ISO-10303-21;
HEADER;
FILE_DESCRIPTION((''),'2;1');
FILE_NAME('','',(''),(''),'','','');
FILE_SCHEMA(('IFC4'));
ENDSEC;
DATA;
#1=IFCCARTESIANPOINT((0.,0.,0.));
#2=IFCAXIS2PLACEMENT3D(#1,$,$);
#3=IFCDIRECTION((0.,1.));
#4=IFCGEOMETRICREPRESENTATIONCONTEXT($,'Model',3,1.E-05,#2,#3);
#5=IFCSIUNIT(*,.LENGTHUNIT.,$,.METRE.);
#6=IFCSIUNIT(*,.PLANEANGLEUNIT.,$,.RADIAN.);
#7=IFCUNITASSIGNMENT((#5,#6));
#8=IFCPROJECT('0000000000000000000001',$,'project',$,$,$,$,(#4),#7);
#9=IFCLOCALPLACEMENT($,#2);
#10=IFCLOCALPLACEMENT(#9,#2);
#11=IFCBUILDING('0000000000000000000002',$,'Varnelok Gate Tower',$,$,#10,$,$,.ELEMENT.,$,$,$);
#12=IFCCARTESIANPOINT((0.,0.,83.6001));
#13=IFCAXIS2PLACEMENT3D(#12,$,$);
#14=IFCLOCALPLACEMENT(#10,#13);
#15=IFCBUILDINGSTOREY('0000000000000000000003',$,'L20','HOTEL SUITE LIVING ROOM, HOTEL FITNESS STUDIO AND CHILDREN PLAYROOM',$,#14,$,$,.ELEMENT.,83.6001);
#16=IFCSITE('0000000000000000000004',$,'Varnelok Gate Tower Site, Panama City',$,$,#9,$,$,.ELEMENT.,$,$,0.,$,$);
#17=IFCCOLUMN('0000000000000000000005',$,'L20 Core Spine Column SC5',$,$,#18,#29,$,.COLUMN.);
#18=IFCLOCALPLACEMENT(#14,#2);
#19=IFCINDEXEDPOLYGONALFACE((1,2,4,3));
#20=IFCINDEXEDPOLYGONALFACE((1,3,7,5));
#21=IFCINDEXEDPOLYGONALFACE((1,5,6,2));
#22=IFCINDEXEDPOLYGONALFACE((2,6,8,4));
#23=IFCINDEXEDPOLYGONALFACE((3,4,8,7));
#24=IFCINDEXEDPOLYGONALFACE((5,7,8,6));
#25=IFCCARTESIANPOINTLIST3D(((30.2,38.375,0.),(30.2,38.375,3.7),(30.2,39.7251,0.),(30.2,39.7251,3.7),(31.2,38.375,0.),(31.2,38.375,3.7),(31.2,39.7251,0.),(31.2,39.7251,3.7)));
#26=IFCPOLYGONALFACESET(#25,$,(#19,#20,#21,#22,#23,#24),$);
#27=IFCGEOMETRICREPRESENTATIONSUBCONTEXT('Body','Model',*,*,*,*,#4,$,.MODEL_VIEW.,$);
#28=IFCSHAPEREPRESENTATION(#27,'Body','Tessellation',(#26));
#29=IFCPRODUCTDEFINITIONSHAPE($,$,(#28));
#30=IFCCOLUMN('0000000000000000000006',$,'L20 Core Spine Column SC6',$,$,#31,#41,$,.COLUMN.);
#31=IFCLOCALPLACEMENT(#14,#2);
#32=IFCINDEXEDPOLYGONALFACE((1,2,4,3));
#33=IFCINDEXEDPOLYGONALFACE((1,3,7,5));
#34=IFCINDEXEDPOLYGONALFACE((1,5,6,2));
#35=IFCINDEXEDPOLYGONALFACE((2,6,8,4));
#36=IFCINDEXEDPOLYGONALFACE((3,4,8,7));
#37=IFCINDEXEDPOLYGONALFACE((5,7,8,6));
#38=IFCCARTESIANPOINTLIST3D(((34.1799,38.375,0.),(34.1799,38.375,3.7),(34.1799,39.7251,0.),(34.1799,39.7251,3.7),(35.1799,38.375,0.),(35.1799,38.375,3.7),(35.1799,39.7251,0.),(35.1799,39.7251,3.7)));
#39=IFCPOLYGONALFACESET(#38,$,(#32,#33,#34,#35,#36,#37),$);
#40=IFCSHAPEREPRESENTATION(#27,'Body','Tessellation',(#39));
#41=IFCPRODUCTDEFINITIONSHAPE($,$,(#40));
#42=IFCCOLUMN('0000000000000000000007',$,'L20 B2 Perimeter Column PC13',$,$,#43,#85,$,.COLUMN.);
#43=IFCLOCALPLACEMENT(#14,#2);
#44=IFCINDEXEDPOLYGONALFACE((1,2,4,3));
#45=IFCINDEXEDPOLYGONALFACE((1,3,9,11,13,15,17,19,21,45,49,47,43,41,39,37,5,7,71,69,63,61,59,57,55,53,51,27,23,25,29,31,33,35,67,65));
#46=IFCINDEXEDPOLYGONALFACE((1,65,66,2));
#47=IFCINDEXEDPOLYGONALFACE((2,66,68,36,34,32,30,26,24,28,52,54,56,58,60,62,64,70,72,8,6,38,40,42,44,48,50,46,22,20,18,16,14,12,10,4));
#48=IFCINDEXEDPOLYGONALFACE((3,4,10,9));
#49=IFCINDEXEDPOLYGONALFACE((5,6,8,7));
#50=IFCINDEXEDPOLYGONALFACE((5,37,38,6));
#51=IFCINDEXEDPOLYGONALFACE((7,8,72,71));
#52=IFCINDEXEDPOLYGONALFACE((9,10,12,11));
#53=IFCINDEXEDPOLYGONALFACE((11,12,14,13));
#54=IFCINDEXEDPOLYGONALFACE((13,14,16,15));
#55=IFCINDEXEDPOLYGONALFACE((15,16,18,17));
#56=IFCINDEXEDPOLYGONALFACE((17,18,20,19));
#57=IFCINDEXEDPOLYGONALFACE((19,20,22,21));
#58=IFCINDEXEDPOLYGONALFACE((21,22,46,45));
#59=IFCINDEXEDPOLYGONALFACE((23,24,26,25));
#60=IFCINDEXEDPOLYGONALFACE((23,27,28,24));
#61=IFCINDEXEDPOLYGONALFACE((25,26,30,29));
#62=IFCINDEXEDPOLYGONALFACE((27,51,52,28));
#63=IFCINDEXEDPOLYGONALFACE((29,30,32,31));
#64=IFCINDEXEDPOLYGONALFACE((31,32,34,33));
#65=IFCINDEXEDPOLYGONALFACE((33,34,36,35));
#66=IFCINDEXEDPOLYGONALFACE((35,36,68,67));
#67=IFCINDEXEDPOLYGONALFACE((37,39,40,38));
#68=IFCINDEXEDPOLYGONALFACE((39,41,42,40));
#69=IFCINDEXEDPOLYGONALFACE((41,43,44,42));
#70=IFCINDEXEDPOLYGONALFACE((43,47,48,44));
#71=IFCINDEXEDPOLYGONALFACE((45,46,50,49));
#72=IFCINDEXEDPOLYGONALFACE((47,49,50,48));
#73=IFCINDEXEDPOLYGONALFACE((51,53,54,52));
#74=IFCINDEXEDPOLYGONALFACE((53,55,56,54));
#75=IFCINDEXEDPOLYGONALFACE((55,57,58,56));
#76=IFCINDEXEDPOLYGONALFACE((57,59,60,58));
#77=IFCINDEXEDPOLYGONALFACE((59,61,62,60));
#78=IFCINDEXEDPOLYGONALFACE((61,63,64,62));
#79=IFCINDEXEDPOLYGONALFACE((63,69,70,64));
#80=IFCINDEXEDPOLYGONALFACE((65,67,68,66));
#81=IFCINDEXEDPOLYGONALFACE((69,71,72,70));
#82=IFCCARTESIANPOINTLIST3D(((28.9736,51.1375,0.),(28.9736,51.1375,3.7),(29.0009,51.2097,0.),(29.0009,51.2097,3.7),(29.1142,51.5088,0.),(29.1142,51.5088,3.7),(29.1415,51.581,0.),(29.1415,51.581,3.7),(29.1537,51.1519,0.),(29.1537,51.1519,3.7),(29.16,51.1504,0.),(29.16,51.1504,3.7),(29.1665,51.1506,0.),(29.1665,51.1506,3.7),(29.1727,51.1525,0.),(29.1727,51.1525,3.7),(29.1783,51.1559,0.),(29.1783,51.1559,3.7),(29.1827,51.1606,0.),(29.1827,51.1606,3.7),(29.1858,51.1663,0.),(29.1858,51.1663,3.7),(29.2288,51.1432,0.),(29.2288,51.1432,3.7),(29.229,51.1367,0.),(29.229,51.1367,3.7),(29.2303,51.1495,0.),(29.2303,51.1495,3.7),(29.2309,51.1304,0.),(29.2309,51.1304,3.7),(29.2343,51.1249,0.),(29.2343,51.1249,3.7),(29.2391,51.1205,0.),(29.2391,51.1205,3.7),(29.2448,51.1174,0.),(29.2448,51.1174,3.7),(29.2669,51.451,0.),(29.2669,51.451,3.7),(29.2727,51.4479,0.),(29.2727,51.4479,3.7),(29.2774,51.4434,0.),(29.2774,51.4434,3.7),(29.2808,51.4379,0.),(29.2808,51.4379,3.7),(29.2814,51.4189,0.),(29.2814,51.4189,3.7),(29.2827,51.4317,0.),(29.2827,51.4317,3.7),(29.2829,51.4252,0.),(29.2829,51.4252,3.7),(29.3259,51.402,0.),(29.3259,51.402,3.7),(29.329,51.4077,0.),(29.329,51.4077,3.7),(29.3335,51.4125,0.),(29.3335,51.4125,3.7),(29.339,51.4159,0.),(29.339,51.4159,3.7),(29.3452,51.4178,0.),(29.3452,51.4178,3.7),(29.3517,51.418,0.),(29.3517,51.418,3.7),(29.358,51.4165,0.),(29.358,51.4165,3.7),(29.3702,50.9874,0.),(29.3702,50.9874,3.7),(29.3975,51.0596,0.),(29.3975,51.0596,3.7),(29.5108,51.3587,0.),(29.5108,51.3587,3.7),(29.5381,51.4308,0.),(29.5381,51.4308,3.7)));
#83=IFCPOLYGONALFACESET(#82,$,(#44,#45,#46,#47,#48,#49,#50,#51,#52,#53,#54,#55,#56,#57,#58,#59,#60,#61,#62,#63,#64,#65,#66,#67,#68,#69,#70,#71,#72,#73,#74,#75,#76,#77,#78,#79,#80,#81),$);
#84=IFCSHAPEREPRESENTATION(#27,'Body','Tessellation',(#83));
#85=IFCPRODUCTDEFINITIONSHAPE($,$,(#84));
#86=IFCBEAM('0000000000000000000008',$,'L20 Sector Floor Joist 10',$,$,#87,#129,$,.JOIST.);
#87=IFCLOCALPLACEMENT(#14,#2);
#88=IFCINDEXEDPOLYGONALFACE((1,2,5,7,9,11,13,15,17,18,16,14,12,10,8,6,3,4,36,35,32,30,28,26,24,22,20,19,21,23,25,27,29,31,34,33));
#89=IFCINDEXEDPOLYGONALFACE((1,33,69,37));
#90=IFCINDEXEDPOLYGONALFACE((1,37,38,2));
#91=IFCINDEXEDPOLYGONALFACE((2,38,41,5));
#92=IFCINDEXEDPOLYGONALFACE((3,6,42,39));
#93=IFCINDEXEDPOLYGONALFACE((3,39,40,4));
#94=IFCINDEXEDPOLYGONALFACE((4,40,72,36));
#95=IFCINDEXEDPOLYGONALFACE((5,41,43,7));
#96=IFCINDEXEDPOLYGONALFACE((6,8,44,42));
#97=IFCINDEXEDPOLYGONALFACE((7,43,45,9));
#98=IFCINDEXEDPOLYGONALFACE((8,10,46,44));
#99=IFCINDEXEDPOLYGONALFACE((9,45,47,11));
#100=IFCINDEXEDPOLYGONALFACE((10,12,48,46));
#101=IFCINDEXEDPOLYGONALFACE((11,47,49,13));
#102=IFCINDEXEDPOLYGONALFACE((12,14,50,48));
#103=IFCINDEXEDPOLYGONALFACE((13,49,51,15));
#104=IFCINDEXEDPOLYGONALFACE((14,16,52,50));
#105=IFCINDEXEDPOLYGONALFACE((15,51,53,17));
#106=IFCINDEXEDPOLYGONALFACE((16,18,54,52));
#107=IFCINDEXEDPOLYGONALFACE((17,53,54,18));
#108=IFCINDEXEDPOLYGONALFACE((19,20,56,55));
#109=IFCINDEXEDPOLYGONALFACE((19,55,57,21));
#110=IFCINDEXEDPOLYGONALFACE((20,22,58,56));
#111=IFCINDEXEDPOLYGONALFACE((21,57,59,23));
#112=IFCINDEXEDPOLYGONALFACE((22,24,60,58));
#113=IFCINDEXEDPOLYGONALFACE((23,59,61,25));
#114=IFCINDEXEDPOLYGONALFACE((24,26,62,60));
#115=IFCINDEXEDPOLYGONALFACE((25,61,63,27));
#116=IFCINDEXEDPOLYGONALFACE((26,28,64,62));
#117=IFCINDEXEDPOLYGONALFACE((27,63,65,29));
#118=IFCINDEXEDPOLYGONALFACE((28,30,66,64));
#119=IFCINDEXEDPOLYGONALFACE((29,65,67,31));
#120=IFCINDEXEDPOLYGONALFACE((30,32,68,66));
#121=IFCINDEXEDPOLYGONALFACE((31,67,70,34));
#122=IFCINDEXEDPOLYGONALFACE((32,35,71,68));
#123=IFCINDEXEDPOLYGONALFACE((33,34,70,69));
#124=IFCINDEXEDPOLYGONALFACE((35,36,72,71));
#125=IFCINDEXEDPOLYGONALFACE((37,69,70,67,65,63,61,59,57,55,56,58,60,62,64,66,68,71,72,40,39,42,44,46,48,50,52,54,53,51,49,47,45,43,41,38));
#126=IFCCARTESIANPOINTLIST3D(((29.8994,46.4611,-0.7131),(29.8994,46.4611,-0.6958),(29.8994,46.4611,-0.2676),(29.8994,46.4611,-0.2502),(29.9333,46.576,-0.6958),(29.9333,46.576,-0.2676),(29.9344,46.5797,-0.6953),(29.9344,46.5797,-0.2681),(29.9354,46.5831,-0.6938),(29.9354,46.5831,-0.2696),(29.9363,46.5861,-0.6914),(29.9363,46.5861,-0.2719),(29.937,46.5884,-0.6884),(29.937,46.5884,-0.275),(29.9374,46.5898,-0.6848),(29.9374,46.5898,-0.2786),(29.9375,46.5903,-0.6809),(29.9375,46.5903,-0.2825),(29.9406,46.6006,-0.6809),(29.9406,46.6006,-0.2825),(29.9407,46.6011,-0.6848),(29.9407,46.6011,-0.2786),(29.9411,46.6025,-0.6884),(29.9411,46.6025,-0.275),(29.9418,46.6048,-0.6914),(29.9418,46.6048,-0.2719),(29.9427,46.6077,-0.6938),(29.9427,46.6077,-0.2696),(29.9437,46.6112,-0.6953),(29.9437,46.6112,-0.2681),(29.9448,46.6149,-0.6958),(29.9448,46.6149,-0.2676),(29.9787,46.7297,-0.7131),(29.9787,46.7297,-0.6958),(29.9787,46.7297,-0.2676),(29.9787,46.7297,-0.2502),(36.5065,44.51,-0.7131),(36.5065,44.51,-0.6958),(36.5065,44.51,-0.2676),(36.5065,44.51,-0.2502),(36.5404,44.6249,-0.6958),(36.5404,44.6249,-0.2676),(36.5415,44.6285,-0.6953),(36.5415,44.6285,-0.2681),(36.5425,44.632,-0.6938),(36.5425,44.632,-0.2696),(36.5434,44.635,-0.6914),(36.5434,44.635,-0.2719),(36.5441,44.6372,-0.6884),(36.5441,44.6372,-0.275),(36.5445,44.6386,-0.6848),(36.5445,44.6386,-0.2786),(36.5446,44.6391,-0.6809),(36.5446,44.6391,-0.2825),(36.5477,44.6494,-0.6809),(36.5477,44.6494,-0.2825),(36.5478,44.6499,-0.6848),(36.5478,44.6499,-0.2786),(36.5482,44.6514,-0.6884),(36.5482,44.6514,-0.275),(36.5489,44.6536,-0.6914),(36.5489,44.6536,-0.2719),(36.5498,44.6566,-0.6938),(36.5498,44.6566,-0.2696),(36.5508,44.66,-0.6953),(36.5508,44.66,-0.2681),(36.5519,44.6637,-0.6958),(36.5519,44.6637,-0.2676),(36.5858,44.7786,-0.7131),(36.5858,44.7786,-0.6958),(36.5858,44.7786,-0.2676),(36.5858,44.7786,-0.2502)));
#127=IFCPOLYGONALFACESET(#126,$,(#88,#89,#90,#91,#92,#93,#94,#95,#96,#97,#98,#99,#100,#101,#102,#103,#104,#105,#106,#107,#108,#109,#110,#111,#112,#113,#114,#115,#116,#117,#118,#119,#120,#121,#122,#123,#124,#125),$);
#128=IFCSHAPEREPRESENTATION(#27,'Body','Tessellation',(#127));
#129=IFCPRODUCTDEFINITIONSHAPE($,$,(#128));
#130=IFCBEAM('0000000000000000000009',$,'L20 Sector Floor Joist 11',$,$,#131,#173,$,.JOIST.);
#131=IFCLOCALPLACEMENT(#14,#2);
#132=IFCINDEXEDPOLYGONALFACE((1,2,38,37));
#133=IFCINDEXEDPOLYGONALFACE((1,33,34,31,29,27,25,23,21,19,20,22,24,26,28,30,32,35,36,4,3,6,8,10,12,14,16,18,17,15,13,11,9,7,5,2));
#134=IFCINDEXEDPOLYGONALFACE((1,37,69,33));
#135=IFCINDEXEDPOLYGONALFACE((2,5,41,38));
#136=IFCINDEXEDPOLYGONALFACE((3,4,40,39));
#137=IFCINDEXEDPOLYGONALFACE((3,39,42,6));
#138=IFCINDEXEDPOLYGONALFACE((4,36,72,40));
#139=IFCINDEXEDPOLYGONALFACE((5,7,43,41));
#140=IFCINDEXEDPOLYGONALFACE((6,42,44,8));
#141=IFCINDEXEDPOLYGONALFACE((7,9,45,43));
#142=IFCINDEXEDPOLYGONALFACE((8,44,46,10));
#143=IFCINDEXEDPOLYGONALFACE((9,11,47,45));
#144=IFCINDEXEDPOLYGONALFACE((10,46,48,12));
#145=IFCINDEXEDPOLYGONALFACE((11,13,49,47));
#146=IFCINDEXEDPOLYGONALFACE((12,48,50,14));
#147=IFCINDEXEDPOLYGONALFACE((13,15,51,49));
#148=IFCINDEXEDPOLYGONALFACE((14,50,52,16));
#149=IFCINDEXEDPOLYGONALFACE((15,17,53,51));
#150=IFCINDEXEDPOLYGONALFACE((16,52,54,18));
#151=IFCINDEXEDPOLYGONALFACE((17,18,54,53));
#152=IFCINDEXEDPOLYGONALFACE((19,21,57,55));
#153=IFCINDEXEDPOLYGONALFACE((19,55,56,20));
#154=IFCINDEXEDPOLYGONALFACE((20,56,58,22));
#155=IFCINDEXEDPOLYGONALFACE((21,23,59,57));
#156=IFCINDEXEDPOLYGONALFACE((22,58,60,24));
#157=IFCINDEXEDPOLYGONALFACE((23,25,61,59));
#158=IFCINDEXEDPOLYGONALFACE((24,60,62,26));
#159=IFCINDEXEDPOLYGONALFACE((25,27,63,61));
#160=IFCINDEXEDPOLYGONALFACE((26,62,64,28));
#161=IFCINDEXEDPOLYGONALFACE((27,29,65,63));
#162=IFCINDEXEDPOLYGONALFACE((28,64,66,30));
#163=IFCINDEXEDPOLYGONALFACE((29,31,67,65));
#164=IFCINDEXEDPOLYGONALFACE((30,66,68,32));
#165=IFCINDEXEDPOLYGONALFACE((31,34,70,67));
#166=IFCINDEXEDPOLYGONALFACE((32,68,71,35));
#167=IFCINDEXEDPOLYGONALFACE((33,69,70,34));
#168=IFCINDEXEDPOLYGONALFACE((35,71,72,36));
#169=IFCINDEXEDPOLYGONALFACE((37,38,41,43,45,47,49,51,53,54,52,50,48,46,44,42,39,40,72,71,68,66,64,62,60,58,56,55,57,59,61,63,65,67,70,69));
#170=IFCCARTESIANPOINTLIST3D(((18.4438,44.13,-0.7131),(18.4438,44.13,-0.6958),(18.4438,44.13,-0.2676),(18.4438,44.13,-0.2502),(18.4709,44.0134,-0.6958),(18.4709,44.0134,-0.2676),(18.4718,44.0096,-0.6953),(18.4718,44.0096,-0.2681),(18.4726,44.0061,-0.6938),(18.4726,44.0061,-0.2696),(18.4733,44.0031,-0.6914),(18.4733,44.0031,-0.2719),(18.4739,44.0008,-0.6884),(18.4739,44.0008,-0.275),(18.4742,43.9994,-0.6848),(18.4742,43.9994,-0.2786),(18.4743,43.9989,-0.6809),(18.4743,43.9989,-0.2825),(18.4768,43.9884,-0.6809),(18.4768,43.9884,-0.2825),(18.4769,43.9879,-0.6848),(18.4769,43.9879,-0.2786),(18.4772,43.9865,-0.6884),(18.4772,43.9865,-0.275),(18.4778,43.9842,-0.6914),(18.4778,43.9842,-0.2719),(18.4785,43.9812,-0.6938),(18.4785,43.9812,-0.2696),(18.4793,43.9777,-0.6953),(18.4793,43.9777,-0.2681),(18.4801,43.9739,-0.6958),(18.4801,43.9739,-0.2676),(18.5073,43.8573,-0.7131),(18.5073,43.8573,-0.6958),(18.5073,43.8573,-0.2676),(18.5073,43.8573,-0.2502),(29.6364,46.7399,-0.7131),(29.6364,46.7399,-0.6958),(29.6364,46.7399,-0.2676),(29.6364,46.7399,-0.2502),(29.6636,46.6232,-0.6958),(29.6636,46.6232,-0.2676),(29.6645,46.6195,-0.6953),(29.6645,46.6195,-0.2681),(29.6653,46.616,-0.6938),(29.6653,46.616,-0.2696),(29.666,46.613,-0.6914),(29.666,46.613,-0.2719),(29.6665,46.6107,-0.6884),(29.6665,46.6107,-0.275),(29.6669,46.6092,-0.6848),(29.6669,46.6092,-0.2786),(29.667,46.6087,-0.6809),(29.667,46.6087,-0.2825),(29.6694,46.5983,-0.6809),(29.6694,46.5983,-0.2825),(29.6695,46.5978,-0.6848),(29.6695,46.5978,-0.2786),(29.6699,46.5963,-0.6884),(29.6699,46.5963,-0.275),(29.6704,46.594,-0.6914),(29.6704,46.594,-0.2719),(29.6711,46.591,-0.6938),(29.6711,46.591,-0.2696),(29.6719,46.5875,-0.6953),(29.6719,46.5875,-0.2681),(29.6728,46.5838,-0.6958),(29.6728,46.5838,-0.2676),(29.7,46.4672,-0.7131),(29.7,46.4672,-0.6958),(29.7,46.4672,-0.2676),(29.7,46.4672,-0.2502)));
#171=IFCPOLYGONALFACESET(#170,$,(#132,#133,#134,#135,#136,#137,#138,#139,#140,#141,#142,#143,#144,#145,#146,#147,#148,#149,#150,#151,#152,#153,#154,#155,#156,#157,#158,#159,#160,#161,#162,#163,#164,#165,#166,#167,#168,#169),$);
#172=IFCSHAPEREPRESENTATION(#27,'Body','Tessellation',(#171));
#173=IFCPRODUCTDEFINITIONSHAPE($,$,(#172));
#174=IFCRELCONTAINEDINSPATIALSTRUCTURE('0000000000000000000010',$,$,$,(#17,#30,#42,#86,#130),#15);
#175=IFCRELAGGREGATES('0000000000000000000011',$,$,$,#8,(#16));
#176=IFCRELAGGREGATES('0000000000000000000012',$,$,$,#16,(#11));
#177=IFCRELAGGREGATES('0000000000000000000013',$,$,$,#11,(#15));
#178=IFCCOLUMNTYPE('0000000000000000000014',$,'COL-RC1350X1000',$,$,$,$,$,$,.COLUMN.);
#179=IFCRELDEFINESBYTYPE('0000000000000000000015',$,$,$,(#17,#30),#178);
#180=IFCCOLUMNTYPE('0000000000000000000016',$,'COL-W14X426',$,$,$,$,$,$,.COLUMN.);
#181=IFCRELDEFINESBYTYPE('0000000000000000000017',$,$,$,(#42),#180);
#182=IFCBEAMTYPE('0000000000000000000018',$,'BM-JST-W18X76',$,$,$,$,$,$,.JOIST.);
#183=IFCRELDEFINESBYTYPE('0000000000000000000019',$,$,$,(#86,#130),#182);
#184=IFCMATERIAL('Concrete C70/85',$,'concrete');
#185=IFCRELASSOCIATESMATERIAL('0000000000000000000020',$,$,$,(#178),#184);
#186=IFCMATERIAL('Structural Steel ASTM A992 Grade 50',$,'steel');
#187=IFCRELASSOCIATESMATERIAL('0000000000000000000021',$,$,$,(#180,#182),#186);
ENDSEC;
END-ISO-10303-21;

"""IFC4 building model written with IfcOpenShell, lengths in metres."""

from ifc_helpers import new_model, si_unit, direction, frame, origin, origin_2d, place, context, subcontext, project, spatial, rectangle, i_section, extrude, material, material_profile, profile_set, type_object, element, save


model = new_model("IFC4")

# Units and contexts
model_context = context("Model", 3, precision=1e-05, world=origin(), true_north=direction((0.0, 1.0)))
body_context = subcontext(model_context, "Body", "Model", "MODEL_VIEW")
ifc_project = project(units=[si_unit("LENGTHUNIT", "METRE"), si_unit("PLANEANGLEUNIT", "RADIAN")], contexts=[model_context])

# Site, building, storey
site_placement = place(None, origin())
site = spatial("IfcSite", under=ifc_project, at=site_placement, Name="Varnelok Gate Tower Site, Panama City", CompositionType="ELEMENT", RefElevation=0.0)
building_placement = place(site_placement, origin())
building = spatial("IfcBuilding", under=site, at=building_placement, Name="Varnelok Gate Tower", CompositionType="ELEMENT")
storey_placement = place(building_placement, frame((0.0, 0.0, 83.6001)))
storey = spatial("IfcBuildingStorey", under=building, at=storey_placement, Name="L20", Description="HOTEL SUITE LIVING ROOM, HOTEL FITNESS STUDIO AND CHILDREN PLAYROOM", CompositionType="ELEMENT", Elevation=83.6001)

# Columns
ifc_material_1 = material(Name="Concrete C70/85", Category="concrete")
ifc_material_profile_1 = material_profile(ifc_material_1, rectangle(XDim=1.0, YDim=1.3501, at=origin_2d()), Name="RC1350X1000")
ifc_profile_set_1 = profile_set([ifc_material_profile_1], Name="Concrete C70/85")
column_type_1 = type_object("IfcColumnType", Name="COL-RC1350X1000", PredefinedType="COLUMN", material=ifc_profile_set_1)
for number, where, z_axis, x_axis, name in (
    (1, (30.7, 39.05, 0.0), (0.0, 0.0, 1.0), (1.0, 0.0, 0.0), "L20 Core Spine Column SC5"),
    (2, (34.6799, 39.05, 0.0), (0.0, 0.0, 1.0), (1.0, 0.0, 0.0), "L20 Core Spine Column SC6"),
):
    element("IfcColumn", number, at=place(storey_placement, frame(where, z_axis=z_axis, x_axis=x_axis)), inside=storey, type_object=column_type_1, Name=name, PredefinedType="COLUMN", context=body_context, shape_type="SweptSolid", body=[
        extrude(rectangle(XDim=1.0, YDim=1.3501, at=origin_2d()), origin(), (0.0, 0.0, 1.0), 3.7),
    ])
ifc_material_2 = material(Name="Structural Steel ASTM A992 Grade 50", Category="steel")
ifc_material_profile_2 = material_profile(ifc_material_2, i_section(OverallWidth=0.4241, OverallDepth=0.4741, WebThickness=0.0476, FlangeThickness=0.0771, FilletRadius=0.0249, at=origin_2d()), Name="W14X426")
ifc_profile_set_2 = profile_set([ifc_material_profile_2], Name="Structural Steel ASTM A992 Grade 50")
column_type_2 = type_object("IfcColumnType", Name="COL-W14X426", PredefinedType="COLUMN", material=ifc_profile_set_2)
column_placement = place(storey_placement, frame((29.2559, 51.2842, 0.0), z_axis=(0.0, 0.0, 1.0), x_axis=(0.935222, -0.354063, 0.0)))
element("IfcColumn", 3, at=column_placement, inside=storey, type_object=column_type_2, Name="L20 B2 Perimeter Column PC13", PredefinedType="COLUMN", context=body_context, shape_type="SweptSolid", body=[
    extrude(i_section(OverallWidth=0.4241, OverallDepth=0.4741, WebThickness=0.0476, FlangeThickness=0.0771, FilletRadius=0.0249, at=origin_2d()), origin(), (0.0, 0.0, 1.0), 3.7),
])

# Beams
ifc_material_profile_3 = material_profile(ifc_material_2, i_section(OverallWidth=0.28, OverallDepth=0.4629, WebThickness=0.0107, FlangeThickness=0.0173, FilletRadius=0.0149, at=origin_2d()), Name="W18X76")
ifc_profile_set_3 = profile_set([ifc_material_profile_3], Name="Structural Steel ASTM A992 Grade 50")
beam_type_1 = type_object("IfcBeamType", Name="BM-JST-W18X76", PredefinedType="JOIST", material=ifc_profile_set_3)
beam_1_placement = place(storey_placement, frame((36.5461, 44.6443, -0.4817), z_axis=(-0.959055, 0.283219, 0.0), x_axis=(-0.283219, -0.959055, 0.0)))
element("IfcBeam", 4, at=beam_1_placement, inside=storey, type_object=beam_type_1, Name="L20 Sector Floor Joist 10", PredefinedType="JOIST", context=body_context, shape_type="SweptSolid", body=[
    extrude(i_section(OverallWidth=0.28, OverallDepth=0.4629, WebThickness=0.0107, FlangeThickness=0.0173, FilletRadius=0.0149, at=origin_2d()), origin(), (0.0, 0.0, 1.0), 6.8892),
])
beam_2_placement = place(storey_placement, frame((29.6682, 46.6035, -0.4817), z_axis=(-0.973875, -0.227085, 0.0), x_axis=(0.227085, -0.973875, 0.0)))
element("IfcBeam", 5, at=beam_2_placement, inside=storey, type_object=beam_type_1, Name="L20 Sector Floor Joist 11", PredefinedType="JOIST", context=body_context, shape_type="SweptSolid", body=[
    extrude(i_section(OverallWidth=0.28, OverallDepth=0.4629, WebThickness=0.0107, FlangeThickness=0.0173, FilletRadius=0.0149, at=origin_2d()), origin(), (0.0, 0.0, 1.0), 11.4929),
])

save(model, "model.ifc")
